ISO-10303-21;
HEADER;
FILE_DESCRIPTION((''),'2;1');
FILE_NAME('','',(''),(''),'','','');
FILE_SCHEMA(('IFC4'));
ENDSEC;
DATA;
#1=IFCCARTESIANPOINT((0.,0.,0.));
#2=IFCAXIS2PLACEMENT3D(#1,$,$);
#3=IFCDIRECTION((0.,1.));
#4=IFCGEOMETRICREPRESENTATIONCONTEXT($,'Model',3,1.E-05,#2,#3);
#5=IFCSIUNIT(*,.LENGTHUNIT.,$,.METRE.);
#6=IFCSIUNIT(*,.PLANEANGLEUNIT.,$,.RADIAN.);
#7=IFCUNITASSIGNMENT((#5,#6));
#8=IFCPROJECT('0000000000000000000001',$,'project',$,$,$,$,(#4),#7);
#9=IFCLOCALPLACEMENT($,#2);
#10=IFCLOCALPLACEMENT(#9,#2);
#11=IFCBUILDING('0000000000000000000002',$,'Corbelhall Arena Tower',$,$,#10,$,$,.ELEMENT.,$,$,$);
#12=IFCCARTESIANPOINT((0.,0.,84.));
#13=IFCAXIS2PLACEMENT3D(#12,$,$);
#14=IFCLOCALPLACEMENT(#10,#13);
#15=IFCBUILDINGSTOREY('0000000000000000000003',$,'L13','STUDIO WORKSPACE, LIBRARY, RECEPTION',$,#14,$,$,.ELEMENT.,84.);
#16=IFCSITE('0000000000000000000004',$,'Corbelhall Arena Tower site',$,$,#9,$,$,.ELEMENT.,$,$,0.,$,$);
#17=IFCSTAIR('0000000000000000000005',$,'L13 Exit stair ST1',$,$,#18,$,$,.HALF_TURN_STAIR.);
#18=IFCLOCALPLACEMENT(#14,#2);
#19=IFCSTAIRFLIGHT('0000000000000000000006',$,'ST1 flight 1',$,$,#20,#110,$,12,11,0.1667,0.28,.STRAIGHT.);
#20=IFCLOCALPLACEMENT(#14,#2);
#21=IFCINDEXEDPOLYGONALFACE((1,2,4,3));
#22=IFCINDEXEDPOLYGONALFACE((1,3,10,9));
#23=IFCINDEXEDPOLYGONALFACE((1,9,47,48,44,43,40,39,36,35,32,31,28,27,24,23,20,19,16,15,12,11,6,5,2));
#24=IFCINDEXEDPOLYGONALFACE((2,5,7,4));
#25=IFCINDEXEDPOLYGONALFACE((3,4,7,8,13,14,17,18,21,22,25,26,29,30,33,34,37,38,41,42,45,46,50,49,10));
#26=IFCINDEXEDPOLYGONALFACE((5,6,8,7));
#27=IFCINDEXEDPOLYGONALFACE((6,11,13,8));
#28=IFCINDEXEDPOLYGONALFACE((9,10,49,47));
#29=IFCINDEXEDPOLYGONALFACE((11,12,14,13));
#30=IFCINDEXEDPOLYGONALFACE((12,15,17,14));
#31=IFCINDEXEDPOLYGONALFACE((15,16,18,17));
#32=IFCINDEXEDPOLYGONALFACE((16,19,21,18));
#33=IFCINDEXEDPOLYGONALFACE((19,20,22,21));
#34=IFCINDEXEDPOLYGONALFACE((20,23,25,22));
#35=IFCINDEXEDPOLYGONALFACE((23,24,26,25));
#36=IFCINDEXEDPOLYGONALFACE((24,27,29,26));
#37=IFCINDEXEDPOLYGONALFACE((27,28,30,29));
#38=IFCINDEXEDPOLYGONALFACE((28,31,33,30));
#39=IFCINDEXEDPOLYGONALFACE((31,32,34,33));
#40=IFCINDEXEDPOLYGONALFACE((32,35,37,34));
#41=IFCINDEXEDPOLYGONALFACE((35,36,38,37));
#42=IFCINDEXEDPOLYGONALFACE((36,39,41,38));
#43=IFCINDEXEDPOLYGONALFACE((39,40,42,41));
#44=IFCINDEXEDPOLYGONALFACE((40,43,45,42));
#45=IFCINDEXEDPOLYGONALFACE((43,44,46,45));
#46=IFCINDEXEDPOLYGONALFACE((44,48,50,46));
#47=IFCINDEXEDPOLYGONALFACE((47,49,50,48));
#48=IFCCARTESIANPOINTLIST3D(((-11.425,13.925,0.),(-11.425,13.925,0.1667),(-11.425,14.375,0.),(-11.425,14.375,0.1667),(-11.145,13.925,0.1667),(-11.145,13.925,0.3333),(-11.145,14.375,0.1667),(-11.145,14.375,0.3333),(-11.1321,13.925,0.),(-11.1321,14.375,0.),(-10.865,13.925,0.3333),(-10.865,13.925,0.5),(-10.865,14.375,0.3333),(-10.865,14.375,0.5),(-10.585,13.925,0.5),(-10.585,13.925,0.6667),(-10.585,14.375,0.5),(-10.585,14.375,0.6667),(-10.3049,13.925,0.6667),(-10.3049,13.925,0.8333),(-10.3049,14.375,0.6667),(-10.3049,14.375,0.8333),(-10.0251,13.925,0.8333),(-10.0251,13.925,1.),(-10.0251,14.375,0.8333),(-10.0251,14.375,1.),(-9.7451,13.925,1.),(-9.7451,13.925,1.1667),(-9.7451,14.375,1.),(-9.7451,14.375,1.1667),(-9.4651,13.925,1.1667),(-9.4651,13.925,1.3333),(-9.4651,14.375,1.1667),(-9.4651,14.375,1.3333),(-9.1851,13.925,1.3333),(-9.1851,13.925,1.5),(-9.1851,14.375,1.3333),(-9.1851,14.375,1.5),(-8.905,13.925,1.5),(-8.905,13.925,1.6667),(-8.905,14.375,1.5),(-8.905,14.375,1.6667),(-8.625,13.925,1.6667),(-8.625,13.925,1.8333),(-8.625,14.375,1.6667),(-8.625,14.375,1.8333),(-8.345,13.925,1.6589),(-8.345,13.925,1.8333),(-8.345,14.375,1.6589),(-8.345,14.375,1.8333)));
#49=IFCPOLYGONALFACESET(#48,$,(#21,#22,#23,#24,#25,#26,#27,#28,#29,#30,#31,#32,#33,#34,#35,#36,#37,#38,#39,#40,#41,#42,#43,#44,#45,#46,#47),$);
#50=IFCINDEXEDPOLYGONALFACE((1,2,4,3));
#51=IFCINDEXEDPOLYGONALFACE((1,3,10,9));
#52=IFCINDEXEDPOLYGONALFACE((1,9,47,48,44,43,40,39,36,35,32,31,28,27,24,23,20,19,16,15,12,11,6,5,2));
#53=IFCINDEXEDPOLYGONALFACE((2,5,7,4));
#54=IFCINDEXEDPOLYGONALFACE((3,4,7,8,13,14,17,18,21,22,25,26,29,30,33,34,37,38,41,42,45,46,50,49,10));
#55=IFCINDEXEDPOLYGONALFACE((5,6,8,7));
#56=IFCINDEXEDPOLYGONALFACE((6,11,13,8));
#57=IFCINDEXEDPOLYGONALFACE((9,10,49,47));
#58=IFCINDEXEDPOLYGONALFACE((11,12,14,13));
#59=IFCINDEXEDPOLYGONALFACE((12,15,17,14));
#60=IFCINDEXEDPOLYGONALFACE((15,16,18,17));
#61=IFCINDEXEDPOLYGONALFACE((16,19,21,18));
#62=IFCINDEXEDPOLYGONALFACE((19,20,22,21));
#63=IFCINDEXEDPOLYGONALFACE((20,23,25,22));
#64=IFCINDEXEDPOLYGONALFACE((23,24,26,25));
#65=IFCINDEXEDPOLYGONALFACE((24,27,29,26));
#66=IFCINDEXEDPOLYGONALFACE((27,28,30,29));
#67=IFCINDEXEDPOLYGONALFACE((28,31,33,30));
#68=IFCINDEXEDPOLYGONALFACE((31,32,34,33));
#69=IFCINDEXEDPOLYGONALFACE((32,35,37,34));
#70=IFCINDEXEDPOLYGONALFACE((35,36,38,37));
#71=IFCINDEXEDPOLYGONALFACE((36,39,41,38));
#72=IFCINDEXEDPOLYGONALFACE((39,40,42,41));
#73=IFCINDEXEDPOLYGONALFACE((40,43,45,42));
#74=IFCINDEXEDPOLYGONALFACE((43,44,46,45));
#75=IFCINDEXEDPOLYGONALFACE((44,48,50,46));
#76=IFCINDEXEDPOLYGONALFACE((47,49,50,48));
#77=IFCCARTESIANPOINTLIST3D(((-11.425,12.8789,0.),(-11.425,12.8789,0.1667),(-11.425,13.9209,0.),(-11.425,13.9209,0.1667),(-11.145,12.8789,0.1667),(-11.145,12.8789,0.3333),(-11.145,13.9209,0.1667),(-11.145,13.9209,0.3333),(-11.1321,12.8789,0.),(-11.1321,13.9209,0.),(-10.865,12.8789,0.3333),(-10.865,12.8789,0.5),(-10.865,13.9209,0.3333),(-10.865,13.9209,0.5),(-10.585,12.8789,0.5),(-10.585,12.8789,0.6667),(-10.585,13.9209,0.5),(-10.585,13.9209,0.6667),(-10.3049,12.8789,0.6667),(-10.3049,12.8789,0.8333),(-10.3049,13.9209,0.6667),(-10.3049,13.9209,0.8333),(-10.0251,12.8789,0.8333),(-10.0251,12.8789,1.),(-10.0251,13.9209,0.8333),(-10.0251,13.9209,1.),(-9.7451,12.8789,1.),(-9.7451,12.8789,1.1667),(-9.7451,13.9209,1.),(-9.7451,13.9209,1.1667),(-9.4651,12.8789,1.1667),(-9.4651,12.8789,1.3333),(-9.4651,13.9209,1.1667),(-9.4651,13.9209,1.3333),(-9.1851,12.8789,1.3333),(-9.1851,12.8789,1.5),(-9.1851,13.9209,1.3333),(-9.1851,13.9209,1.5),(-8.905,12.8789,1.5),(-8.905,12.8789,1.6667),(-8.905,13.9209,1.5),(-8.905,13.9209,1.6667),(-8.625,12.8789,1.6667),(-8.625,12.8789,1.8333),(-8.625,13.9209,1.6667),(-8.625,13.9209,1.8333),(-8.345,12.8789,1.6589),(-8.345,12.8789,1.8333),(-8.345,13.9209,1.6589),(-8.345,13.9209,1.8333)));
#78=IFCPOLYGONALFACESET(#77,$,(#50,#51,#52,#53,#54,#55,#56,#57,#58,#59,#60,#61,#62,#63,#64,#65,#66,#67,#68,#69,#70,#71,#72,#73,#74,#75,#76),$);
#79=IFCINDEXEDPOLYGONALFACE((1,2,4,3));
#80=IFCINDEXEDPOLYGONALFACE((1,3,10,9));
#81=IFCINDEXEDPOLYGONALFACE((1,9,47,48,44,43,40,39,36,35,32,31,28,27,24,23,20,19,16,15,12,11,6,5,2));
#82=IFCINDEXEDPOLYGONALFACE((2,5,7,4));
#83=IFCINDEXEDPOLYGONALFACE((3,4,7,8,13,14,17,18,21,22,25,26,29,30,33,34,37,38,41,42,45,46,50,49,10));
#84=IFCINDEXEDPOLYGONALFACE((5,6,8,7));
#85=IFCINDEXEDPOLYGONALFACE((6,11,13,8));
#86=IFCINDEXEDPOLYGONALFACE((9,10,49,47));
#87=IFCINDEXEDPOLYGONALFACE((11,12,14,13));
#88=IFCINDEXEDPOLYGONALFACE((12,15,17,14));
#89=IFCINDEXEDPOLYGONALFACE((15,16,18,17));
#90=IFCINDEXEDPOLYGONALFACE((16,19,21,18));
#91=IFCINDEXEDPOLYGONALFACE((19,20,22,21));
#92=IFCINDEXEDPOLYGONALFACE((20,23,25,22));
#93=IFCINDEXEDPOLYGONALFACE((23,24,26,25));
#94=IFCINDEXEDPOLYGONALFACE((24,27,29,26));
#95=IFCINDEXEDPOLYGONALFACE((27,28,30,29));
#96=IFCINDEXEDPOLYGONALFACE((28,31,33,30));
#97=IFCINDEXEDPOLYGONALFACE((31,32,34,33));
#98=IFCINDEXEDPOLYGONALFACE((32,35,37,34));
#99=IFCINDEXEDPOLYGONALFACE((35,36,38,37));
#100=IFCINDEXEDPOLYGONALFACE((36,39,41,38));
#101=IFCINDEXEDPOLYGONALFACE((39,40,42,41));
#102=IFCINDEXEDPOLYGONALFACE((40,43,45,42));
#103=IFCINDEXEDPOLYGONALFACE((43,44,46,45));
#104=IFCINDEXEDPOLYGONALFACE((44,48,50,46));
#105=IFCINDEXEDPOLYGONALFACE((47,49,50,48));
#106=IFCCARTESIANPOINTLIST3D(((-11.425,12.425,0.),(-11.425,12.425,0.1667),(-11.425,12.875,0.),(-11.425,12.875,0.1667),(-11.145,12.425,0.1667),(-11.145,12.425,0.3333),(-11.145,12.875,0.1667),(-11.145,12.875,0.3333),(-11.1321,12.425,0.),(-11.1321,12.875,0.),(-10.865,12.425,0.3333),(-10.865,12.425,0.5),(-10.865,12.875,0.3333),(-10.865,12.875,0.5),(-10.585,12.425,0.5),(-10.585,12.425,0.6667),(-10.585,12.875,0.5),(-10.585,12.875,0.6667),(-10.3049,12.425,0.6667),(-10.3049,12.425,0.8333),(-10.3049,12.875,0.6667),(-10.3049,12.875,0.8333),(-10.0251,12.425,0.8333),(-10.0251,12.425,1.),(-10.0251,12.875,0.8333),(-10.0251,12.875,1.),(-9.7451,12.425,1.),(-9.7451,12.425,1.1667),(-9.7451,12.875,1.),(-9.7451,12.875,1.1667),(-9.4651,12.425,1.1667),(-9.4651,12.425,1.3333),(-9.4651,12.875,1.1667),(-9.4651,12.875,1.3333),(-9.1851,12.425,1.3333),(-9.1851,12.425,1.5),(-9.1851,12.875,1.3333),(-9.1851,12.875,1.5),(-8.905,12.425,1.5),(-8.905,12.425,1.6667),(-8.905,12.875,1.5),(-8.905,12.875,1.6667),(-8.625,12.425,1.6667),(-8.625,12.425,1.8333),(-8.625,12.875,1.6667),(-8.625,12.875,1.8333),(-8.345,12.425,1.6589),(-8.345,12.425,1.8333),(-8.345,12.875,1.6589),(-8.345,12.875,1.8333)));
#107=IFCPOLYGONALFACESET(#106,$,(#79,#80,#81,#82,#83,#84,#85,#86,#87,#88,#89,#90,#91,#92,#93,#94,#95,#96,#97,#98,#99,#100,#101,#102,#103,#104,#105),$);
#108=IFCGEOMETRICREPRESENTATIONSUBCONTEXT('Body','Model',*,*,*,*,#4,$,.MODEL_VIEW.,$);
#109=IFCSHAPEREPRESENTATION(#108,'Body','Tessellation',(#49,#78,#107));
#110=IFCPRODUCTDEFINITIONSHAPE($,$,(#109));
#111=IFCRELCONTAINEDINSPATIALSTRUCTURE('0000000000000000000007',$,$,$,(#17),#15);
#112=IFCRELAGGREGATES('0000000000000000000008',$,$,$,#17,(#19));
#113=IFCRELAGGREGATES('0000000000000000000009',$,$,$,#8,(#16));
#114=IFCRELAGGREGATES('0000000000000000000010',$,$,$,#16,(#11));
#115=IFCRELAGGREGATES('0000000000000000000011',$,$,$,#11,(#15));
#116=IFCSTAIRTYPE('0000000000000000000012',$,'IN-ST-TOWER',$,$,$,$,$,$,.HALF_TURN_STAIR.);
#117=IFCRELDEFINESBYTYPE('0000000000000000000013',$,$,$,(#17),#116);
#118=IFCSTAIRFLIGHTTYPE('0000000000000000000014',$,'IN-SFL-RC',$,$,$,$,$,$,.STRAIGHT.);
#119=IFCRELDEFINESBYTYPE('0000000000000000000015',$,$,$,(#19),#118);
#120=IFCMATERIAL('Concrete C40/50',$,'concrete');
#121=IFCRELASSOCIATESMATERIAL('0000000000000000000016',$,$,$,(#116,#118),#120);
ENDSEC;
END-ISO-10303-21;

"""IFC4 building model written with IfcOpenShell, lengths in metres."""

from ifc_helpers import new_model, si_unit, direction, frame, origin, place, context, subcontext, project, spatial, polyline, outline, extrude, material, type_object, element, aggregate, save


model = new_model("IFC4")

# Units and contexts
model_context = context("Model", 3, precision=1e-05, world=origin(), true_north=direction((0.0, 1.0)))
body_context = subcontext(model_context, "Body", "Model", "MODEL_VIEW")
ifc_project = project(units=[si_unit("LENGTHUNIT", "METRE"), si_unit("PLANEANGLEUNIT", "RADIAN")], contexts=[model_context])

# Site, building, storey
site_placement = place(None, origin())
site = spatial("IfcSite", under=ifc_project, at=site_placement, Name="Corbelhall Arena Tower site", CompositionType="ELEMENT", RefElevation=0.0)
building_placement = place(site_placement, origin())
building = spatial("IfcBuilding", under=site, at=building_placement, Name="Corbelhall Arena Tower", CompositionType="ELEMENT")
storey_placement = place(building_placement, frame((0.0, 0.0, 84.0)))
storey = spatial("IfcBuildingStorey", under=building, at=storey_placement, Name="L13", Description="STUDIO WORKSPACE, LIBRARY, RECEPTION", CompositionType="ELEMENT", Elevation=84.0)

# Shared definitions
ifc_material_1 = material(Name="Concrete C40/50", Category="concrete")

# Stair, stair flight
stair_type = type_object("IfcStairType", Name="IN-ST-TOWER", PredefinedType="HALF_TURN_STAIR", material=ifc_material_1)
stair_placement = place(storey_placement, origin())
stair = element("IfcStair", 1, at=stair_placement, inside=storey, type_object=stair_type, Name="L13 Exit stair ST1", PredefinedType="HALF_TURN_STAIR")
stair_flight_type = type_object("IfcStairFlightType", Name="IN-SFL-RC", PredefinedType="STRAIGHT", material=ifc_material_1)
stair_flight_1_placement = place(storey_placement, frame((-11.425, 13.3999, 0.0), z_axis=(0.0, 0.0, 1.0), x_axis=(1.0, 0.0, 0.0)))
stair_flight_1 = element("IfcStairFlight", 2, at=stair_flight_1_placement, type_object=stair_flight_type, Name="ST1 flight 1", NumberOfRisers=12, NumberOfTreads=11, PredefinedType="STRAIGHT", RiserHeight=0.1667, TreadLength=0.28, context=body_context, shape_type="SweptSolid", body=[
    extrude(outline(polyline([(0.0, 0.0), (0.0, 0.1667), (0.28, 0.1667), (0.28, 0.3333), (0.5601, 0.3333), (0.5601, 0.5), (0.8401, 0.5), (0.8401, 0.6667), (1.1201, 0.6667), (1.1201, 0.8333), (1.3999, 0.8333), (1.3999, 1.0), (1.6799, 1.0), (1.6799, 1.1667), (1.96, 1.1667), (1.96, 1.3333), (2.24, 1.3333), (2.24, 1.5), (2.52, 1.5), (2.52, 1.6667), (2.8, 1.6667), (2.8, 1.8333), (3.0801, 1.8333), (3.0801, 2.0), (3.0801, 1.6589), (0.293, 0.0), (0.0, 0.0)])), frame((0.0, 0.9751, 0.0), z_axis=(0.0, -1.0, 0.0), x_axis=(1.0, 0.0, 0.0)), (0.0, 0.0, 1.0), 0.45),
    extrude(outline(polyline([(0.0, 0.0), (0.0, 0.1667), (0.28, 0.1667), (0.28, 0.3333), (0.5601, 0.3333), (0.5601, 0.5), (0.8401, 0.5), (0.8401, 0.6667), (1.1201, 0.6667), (1.1201, 0.8333), (1.3999, 0.8333), (1.3999, 1.0), (1.6799, 1.0), (1.6799, 1.1667), (1.96, 1.1667), (1.96, 1.3333), (2.24, 1.3333), (2.24, 1.5), (2.52, 1.5), (2.52, 1.6667), (2.8, 1.6667), (2.8, 1.8333), (3.0801, 1.8333), (3.0801, 2.0), (3.0801, 1.6589), (0.293, 0.0), (0.0, 0.0)])), frame((0.0, 0.521, 0.0), z_axis=(0.0, -1.0, 0.0), x_axis=(1.0, 0.0, 0.0)), (0.0, 0.0, 1.0), 1.042),
    extrude(outline(polyline([(0.0, 0.0), (0.0, 0.1667), (0.28, 0.1667), (0.28, 0.3333), (0.5601, 0.3333), (0.5601, 0.5), (0.8401, 0.5), (0.8401, 0.6667), (1.1201, 0.6667), (1.1201, 0.8333), (1.3999, 0.8333), (1.3999, 1.0), (1.6799, 1.0), (1.6799, 1.1667), (1.96, 1.1667), (1.96, 1.3333), (2.24, 1.3333), (2.24, 1.5), (2.52, 1.5), (2.52, 1.6667), (2.8, 1.6667), (2.8, 1.8333), (3.0801, 1.8333), (3.0801, 2.0), (3.0801, 1.6589), (0.293, 0.0), (0.0, 0.0)])), frame((0.0, -0.5249, 0.0), z_axis=(0.0, -1.0, 0.0), x_axis=(1.0, 0.0, 0.0)), (0.0, 0.0, 1.0), 0.45),
])
aggregate(stair, [stair_flight_1])

save(model, "model.ifc")
